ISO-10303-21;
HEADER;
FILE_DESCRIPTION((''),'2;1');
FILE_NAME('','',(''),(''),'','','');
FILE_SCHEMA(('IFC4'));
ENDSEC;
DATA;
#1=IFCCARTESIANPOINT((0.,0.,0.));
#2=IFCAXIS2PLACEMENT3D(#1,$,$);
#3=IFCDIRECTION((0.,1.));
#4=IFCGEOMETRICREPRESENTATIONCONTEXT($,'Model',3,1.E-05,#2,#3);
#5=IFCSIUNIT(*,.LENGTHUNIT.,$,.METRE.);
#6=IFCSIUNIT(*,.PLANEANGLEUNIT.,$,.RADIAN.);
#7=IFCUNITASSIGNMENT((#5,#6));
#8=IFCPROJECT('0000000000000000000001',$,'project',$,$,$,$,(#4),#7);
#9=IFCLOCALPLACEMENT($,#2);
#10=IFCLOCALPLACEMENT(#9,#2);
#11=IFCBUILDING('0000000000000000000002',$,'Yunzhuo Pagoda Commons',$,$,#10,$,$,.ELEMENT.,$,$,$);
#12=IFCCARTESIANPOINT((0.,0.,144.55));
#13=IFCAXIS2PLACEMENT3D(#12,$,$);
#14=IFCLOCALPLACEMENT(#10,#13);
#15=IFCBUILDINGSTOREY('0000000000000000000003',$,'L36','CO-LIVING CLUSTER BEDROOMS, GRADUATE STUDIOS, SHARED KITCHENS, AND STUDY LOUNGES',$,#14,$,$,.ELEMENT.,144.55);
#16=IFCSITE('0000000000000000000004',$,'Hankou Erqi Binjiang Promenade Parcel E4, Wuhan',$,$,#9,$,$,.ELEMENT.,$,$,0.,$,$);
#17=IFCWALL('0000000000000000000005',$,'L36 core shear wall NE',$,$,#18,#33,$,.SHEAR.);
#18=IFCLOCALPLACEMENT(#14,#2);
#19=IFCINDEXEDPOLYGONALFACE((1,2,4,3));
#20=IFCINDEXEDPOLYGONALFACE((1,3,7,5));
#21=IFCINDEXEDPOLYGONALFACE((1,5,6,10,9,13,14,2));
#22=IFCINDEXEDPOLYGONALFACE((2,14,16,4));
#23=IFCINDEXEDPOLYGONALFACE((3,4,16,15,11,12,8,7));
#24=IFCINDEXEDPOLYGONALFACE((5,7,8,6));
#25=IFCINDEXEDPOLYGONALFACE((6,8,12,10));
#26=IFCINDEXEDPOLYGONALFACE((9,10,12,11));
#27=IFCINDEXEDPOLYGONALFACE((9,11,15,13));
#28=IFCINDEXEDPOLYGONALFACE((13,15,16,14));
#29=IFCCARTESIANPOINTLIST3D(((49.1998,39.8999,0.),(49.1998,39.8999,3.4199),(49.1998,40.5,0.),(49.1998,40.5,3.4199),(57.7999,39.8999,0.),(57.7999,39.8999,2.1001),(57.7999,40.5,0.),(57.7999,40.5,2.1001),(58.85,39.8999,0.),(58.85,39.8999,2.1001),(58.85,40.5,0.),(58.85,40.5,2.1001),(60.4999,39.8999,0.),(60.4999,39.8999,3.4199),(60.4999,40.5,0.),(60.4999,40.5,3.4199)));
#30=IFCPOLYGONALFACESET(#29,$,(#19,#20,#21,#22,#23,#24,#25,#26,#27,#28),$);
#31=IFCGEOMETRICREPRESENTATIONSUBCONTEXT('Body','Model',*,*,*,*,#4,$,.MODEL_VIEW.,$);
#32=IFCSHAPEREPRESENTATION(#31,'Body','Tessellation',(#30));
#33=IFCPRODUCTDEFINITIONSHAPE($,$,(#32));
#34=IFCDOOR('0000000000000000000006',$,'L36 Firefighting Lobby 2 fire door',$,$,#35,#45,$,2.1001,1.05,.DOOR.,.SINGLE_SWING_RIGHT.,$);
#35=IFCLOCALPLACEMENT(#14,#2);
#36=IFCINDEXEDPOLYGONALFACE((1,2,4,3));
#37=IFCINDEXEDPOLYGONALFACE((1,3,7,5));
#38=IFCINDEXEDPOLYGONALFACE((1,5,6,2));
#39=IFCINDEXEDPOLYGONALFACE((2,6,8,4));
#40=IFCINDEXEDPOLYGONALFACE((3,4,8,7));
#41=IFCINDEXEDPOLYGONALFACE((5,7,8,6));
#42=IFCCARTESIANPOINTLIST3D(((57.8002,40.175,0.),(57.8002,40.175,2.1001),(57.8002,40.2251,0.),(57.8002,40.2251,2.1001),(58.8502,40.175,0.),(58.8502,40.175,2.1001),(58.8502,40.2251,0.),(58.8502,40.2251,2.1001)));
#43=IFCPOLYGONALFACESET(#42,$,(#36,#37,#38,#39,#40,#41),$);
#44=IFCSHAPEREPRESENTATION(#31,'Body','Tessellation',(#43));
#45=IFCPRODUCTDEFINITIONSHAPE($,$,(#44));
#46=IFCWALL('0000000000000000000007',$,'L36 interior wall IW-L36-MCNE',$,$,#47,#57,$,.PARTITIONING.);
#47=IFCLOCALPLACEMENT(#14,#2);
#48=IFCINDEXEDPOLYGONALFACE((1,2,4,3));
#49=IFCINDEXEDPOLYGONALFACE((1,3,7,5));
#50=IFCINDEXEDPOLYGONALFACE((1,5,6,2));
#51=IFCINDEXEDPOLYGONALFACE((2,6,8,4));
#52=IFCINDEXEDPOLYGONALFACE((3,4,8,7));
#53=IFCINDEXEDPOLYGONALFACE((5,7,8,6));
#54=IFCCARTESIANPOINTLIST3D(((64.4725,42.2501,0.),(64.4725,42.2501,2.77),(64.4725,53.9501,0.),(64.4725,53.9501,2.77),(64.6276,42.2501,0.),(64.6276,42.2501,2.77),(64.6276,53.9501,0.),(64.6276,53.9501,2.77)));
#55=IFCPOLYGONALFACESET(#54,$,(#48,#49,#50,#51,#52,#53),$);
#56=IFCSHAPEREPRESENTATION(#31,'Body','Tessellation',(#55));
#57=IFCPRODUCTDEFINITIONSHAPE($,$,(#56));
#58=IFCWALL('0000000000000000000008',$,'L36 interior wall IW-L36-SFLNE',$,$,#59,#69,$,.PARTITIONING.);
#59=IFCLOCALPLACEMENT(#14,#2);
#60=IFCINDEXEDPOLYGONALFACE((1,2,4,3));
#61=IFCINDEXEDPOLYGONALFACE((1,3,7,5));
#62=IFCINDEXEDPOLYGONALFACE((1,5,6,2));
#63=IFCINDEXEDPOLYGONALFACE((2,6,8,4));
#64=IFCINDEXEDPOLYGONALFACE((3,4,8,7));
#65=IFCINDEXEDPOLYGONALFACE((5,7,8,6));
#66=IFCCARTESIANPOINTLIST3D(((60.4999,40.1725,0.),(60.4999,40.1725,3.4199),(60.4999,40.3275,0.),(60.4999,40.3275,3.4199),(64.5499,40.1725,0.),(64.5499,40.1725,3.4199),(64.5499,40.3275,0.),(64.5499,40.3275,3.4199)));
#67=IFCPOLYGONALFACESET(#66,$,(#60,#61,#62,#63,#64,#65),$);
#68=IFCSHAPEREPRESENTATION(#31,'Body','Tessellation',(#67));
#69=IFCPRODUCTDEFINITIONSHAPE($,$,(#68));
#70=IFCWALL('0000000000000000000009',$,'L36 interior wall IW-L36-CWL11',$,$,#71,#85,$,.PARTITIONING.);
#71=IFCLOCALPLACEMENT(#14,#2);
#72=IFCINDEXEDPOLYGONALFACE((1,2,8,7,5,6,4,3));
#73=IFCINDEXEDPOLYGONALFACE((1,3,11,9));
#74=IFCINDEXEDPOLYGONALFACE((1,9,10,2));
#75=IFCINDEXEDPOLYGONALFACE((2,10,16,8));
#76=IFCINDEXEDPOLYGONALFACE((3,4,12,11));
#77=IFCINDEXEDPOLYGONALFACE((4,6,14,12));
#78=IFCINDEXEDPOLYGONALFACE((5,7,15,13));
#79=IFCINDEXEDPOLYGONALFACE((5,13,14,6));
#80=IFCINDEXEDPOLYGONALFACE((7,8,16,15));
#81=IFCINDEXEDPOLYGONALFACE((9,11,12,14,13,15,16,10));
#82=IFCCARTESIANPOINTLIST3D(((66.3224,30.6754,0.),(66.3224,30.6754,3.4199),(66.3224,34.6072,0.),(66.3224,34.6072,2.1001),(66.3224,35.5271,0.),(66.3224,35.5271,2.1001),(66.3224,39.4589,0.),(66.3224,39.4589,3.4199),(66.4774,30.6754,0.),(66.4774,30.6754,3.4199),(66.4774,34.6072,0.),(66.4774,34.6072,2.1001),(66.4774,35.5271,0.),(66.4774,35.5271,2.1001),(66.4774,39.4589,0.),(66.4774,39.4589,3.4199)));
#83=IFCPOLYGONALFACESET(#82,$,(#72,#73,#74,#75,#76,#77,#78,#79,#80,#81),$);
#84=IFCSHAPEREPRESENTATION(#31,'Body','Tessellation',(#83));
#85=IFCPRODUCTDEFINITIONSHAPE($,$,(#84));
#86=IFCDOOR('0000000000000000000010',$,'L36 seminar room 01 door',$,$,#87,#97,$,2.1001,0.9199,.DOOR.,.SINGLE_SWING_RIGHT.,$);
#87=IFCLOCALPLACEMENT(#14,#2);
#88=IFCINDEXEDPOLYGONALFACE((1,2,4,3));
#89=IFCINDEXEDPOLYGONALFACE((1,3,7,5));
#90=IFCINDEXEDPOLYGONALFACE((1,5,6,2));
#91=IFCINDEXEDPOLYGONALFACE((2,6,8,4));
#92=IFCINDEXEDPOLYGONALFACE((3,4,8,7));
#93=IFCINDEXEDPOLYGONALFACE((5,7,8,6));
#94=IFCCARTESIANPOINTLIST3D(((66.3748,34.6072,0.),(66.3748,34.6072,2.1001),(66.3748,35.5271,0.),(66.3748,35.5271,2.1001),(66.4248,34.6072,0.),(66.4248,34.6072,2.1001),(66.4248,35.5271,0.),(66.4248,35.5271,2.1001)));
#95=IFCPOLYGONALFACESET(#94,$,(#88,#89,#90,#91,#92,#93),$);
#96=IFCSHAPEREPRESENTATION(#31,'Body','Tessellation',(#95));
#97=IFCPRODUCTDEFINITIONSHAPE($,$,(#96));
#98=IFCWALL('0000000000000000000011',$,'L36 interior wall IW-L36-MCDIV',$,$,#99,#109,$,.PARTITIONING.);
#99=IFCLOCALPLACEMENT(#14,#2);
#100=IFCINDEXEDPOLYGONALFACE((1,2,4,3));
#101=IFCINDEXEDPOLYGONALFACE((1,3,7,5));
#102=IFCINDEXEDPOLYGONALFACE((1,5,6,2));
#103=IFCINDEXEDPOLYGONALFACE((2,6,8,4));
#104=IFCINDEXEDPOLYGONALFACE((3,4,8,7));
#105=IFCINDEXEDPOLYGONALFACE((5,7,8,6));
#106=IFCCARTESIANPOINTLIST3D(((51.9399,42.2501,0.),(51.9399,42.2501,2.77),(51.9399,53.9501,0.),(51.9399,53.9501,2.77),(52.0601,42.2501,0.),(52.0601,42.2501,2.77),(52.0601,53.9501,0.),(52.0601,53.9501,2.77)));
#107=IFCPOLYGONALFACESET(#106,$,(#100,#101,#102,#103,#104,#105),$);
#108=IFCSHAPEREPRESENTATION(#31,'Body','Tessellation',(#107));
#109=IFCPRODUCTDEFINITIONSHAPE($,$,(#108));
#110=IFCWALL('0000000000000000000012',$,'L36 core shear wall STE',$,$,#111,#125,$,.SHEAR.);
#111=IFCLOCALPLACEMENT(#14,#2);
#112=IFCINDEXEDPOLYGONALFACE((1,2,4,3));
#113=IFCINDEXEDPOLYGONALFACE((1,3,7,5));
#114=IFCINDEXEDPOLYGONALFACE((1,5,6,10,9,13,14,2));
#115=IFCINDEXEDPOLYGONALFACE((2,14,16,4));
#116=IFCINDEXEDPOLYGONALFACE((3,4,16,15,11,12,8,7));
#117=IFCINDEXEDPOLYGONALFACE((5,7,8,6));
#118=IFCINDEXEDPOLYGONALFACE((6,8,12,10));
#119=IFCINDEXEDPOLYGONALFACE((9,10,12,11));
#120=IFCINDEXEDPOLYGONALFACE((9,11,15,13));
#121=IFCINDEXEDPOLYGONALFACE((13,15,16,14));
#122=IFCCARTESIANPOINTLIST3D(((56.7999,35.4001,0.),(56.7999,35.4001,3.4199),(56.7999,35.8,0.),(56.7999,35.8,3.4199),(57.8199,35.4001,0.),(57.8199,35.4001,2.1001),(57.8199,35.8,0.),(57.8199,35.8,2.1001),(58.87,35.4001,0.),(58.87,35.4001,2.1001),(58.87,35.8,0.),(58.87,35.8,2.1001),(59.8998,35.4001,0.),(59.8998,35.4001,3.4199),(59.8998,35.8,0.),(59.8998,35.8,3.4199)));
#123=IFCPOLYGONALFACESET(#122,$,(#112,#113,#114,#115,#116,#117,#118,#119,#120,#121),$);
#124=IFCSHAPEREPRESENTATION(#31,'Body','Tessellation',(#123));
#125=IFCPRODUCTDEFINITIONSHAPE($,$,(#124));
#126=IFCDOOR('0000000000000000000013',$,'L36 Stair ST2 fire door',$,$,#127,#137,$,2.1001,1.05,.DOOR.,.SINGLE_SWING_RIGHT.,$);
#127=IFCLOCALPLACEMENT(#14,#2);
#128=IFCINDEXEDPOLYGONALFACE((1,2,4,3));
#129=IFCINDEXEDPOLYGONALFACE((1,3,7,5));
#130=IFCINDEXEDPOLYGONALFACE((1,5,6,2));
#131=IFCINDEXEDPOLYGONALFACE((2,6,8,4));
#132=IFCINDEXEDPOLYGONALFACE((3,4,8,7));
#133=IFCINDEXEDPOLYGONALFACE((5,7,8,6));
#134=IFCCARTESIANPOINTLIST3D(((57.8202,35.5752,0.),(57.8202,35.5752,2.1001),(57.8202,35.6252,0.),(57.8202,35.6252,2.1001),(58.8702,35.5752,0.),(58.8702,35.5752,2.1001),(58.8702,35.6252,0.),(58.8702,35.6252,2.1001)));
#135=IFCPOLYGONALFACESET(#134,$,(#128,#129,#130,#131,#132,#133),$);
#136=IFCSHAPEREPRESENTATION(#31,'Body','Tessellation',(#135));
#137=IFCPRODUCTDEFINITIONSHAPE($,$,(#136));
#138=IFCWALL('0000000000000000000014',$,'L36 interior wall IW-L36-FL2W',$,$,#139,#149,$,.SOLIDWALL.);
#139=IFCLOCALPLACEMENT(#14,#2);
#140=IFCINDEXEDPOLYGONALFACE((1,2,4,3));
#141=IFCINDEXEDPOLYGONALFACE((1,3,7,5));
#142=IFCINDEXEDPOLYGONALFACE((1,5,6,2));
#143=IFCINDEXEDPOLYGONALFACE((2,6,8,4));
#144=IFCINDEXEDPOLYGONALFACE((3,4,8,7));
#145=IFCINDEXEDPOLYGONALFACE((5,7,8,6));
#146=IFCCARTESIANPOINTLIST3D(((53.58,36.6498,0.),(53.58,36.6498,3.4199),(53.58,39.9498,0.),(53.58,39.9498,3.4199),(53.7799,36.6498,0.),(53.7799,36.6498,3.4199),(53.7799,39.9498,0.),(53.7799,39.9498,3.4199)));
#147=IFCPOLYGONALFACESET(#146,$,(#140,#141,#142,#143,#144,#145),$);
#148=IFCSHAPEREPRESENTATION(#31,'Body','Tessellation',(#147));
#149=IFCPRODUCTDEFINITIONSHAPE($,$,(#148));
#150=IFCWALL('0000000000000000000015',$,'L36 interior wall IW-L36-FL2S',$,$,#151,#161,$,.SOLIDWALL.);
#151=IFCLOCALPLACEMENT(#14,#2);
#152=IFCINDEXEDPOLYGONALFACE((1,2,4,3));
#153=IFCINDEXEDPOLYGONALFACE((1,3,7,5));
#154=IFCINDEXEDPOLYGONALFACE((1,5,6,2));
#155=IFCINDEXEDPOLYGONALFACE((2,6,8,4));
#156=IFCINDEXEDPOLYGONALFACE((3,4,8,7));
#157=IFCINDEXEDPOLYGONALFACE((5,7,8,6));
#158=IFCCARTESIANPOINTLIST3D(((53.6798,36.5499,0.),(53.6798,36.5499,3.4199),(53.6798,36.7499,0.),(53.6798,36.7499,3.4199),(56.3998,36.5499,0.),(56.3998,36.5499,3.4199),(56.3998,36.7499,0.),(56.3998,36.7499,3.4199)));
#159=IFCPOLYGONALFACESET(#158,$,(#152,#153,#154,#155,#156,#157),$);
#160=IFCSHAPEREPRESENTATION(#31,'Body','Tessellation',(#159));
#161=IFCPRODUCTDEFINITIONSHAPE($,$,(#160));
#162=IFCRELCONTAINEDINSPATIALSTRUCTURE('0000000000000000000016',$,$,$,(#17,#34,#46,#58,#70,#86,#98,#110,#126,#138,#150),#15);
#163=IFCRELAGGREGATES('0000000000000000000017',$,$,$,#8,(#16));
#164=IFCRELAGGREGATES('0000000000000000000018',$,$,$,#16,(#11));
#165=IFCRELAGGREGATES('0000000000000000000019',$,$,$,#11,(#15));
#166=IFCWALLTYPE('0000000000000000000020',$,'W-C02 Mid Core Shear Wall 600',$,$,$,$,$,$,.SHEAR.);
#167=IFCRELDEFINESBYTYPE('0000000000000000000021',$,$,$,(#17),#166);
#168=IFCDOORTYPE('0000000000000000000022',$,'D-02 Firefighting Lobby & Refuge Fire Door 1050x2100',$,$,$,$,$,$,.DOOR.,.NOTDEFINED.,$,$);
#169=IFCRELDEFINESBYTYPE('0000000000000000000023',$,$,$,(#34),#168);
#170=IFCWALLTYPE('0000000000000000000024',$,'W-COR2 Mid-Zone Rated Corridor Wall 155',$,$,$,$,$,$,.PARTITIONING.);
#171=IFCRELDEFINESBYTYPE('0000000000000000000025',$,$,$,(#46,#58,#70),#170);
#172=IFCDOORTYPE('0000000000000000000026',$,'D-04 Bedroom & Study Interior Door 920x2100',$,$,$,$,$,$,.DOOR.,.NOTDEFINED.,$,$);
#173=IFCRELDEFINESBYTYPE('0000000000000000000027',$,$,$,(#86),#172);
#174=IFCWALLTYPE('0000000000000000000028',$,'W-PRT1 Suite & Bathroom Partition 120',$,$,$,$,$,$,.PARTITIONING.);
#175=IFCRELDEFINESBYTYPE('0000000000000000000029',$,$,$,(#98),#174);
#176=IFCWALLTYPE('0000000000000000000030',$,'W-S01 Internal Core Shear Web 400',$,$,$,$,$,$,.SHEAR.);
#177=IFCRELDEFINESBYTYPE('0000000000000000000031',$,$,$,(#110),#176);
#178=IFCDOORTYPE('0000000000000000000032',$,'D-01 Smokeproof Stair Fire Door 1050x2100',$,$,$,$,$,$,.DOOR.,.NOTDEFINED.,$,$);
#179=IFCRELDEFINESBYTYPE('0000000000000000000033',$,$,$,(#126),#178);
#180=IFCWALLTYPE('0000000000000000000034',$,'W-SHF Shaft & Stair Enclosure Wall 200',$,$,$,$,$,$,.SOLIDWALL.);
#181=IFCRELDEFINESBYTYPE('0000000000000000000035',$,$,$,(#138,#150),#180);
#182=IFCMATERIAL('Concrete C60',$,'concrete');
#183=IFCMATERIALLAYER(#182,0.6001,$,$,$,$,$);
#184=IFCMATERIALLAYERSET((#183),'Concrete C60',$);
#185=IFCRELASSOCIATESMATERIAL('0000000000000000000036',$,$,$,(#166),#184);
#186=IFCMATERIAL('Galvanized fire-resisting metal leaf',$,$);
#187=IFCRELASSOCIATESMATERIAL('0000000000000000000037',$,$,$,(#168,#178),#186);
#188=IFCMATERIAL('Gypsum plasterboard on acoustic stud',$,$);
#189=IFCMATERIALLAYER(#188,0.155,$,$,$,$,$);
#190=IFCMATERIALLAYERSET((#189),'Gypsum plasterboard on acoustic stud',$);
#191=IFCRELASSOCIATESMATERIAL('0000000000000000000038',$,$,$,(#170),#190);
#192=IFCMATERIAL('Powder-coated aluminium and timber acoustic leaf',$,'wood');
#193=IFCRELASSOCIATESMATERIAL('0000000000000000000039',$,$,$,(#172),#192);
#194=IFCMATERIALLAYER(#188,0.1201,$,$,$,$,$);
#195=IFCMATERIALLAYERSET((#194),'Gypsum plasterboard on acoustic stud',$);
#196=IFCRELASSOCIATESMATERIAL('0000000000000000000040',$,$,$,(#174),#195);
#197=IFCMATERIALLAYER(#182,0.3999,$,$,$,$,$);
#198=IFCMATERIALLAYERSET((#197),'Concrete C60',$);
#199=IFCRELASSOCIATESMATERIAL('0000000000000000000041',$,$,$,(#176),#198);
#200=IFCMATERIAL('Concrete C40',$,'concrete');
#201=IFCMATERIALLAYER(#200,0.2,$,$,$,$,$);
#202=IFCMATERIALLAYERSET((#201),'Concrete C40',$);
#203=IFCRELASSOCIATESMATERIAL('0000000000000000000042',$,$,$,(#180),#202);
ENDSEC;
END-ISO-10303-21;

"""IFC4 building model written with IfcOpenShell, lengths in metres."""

from ifc_helpers import new_model, si_unit, direction, frame, frame_2d, origin, origin_with_axes, place, context, subcontext, project, spatial, rectangle, extrude, source, transform, mapped, material, layer, layer_set, type_object, element, fill, save


model = new_model("IFC4")

# Units and contexts
model_context = context("Model", 3, precision=1e-05, world=origin(), true_north=direction((0.0, 1.0)))
body_context = subcontext(model_context, "Body", "Model", "MODEL_VIEW")
ifc_project = project(units=[si_unit("LENGTHUNIT", "METRE"), si_unit("PLANEANGLEUNIT", "RADIAN")], contexts=[model_context])

# Site, building, storey
site_placement = place(None, origin())
site = spatial("IfcSite", under=ifc_project, at=site_placement, Name="Hankou Erqi Binjiang Promenade Parcel E4, Wuhan", CompositionType="ELEMENT", RefElevation=0.0)
building_placement = place(site_placement, origin())
building = spatial("IfcBuilding", under=site, at=building_placement, Name="Yunzhuo Pagoda Commons", CompositionType="ELEMENT")
storey_placement = place(building_placement, frame((0.0, 0.0, 144.55)))
storey = spatial("IfcBuildingStorey", under=building, at=storey_placement, Name="L36", Description="CO-LIVING CLUSTER BEDROOMS, GRADUATE STUDIOS, SHARED KITCHENS, AND STUDY LOUNGES", CompositionType="ELEMENT", Elevation=144.55)

# Wall, opening, door
ifc_material_1 = material(Name="Concrete C60", Category="concrete")
ifc_layer_1 = layer(ifc_material_1, 0.6001)
ifc_layer_set_1 = layer_set([ifc_layer_1], Name="Concrete C60")
wall_type_1 = type_object("IfcWallType", Name="W-C02 Mid Core Shear Wall 600", PredefinedType="SHEAR", material=ifc_layer_set_1)
wall_1_placement = place(storey_placement, frame((49.2, 40.2, 0.0), z_axis=(0.0, 0.0, 1.0), x_axis=(1.0, 0.0, 0.0)))
wall_1 = element("IfcWall", 1, at=wall_1_placement, inside=storey, type_object=wall_type_1, Name="L36 core shear wall NE", PredefinedType="SHEAR", context=body_context, shape_type="SweptSolid", body=[
    extrude(rectangle(XDim=11.3, YDim=0.6001, at=frame_2d((5.6499, 0.0))), origin(), (0.0, 0.0, 1.0), 3.4199),
])
opening_1_placement = place(wall_1_placement, frame((8.6001, 0.0, 0.0)))
opening_1 = element("IfcOpeningElement", 2, at=opening_1_placement, cuts=wall_1, PredefinedType="OPENING", context=body_context, shape_type="SweptSolid", body=[
    extrude(rectangle(XDim=1.05, YDim=2.1001, at=frame_2d((0.5249, 1.05))), frame((0.0, 0.3101, 0.0), z_axis=(0.0, -1.0, 0.0), x_axis=(1.0, 0.0, 0.0)), (0.0, 0.0, 1.0), 0.6201),
])
ifc_material_2 = material(Name="Galvanized fire-resisting metal leaf")
door_type_1 = type_object("IfcDoorType", Name="D-02 Firefighting Lobby & Refuge Fire Door 1050x2100", OperationType="NOTDEFINED", PredefinedType="DOOR", material=ifc_material_2)
shared_shape_1 = source(origin(), body_context, "Body", "SweptSolid", [
    extrude(rectangle(XDim=1.05, YDim=2.1001, at=frame_2d((0.5249, 1.05))), frame((0.0, 0.0249, 0.0), z_axis=(0.0, -1.0, 0.0), x_axis=(1.0, 0.0, 0.0)), (0.0, 0.0, 1.0), 0.05),
])
door_1_placement = place(opening_1_placement, frame((1.05, 0.0, 0.0), z_axis=(0.0, 0.0, 1.0), x_axis=(-1.0, 0.0, 0.0)))
door_1 = element("IfcDoor", 3, at=door_1_placement, inside=storey, type_object=door_type_1, Name="L36 Firefighting Lobby 2 fire door", OperationType="SINGLE_SWING_RIGHT", OverallHeight=2.1001, OverallWidth=1.05, PredefinedType="DOOR", context=body_context, shape_type="MappedRepresentation", body=[
    mapped(shared_shape_1, transform((0.0, 0.0, 0.0), scale=1.0)),
])
fill(opening_1, door_1)

# Walls
ifc_material_3 = material(Name="Gypsum plasterboard on acoustic stud")
ifc_layer_2 = layer(ifc_material_3, 0.155)
ifc_layer_set_2 = layer_set([ifc_layer_2], Name="Gypsum plasterboard on acoustic stud")
wall_type_2 = type_object("IfcWallType", Name="W-COR2 Mid-Zone Rated Corridor Wall 155", PredefinedType="PARTITIONING", material=ifc_layer_set_2)
wall_2_placement = place(storey_placement, frame((64.55, 42.25, 0.0), z_axis=(0.0, 0.0, 1.0), x_axis=(0.0, 1.0, 0.0)))
element("IfcWall", 4, at=wall_2_placement, inside=storey, type_object=wall_type_2, Name="L36 interior wall IW-L36-MCNE", PredefinedType="PARTITIONING", context=body_context, shape_type="SweptSolid", body=[
    extrude(rectangle(XDim=11.7, YDim=0.155, at=frame_2d((5.8501, 0.0))), origin(), (0.0, 0.0, 1.0), 2.77),
])
wall_3_placement = place(storey_placement, frame((60.5, 40.25, 0.0), z_axis=(0.0, 0.0, 1.0), x_axis=(1.0, 0.0, 0.0)))
element("IfcWall", 5, at=wall_3_placement, inside=storey, type_object=wall_type_2, Name="L36 interior wall IW-L36-SFLNE", PredefinedType="PARTITIONING", context=body_context, shape_type="SweptSolid", body=[
    extrude(rectangle(XDim=4.05, YDim=0.155, at=frame_2d((2.0249, 0.0))), origin(), (0.0, 0.0, 1.0), 3.4199),
])

# Wall, opening, door
wall_4_placement = place(storey_placement, frame((66.3999, 39.4587, 0.0), z_axis=(0.0, 0.0, 1.0), x_axis=(0.0, -1.0, 0.0)))
wall_4 = element("IfcWall", 6, at=wall_4_placement, inside=storey, type_object=wall_type_2, Name="L36 interior wall IW-L36-CWL11", PredefinedType="PARTITIONING", context=body_context, shape_type="SweptSolid", body=[
    extrude(rectangle(XDim=8.7834, YDim=0.155, at=frame_2d((4.3916, 0.0))), origin(), (0.0, 0.0, 1.0), 3.4199),
])
opening_2_placement = place(wall_4_placement, frame((3.9316, 0.0, 0.0)))
opening_2 = element("IfcOpeningElement", 7, at=opening_2_placement, cuts=wall_4, PredefinedType="OPENING", context=body_context, shape_type="SweptSolid", body=[
    extrude(rectangle(XDim=0.9199, YDim=2.1001, at=frame_2d((0.46, 1.05))), frame((0.0, 0.0874, 0.0), z_axis=(0.0, -1.0, 0.0), x_axis=(1.0, 0.0, 0.0)), (0.0, 0.0, 1.0), 0.175),
])
ifc_material_4 = material(Name="Powder-coated aluminium and timber acoustic leaf", Category="wood")
door_type_2 = type_object("IfcDoorType", Name="D-04 Bedroom & Study Interior Door 920x2100", OperationType="NOTDEFINED", PredefinedType="DOOR", material=ifc_material_4)
shared_shape_2 = source(origin(), body_context, "Body", "SweptSolid", [
    extrude(rectangle(XDim=0.9199, YDim=2.1001, at=frame_2d((0.46, 1.05))), frame((0.0, 0.0249, 0.0), z_axis=(0.0, -1.0, 0.0), x_axis=(1.0, 0.0, 0.0)), (0.0, 0.0, 1.0), 0.05),
])
door_2_placement = place(opening_2_placement, origin_with_axes())
door_2 = element("IfcDoor", 8, at=door_2_placement, inside=storey, type_object=door_type_2, Name="L36 seminar room 01 door", OperationType="SINGLE_SWING_RIGHT", OverallHeight=2.1001, OverallWidth=0.9199, PredefinedType="DOOR", context=body_context, shape_type="MappedRepresentation", body=[
    mapped(shared_shape_2, transform((0.0, 0.0, 0.0), scale=1.0)),
])
fill(opening_2, door_2)

# Wall
ifc_layer_3 = layer(ifc_material_3, 0.1201)
ifc_layer_set_3 = layer_set([ifc_layer_3], Name="Gypsum plasterboard on acoustic stud")
wall_type_3 = type_object("IfcWallType", Name="W-PRT1 Suite & Bathroom Partition 120", PredefinedType="PARTITIONING", material=ifc_layer_set_3)
wall_5_placement = place(storey_placement, frame((52.0, 42.25, 0.0), z_axis=(0.0, 0.0, 1.0), x_axis=(0.0, 1.0, 0.0)))
element("IfcWall", 9, at=wall_5_placement, inside=storey, type_object=wall_type_3, Name="L36 interior wall IW-L36-MCDIV", PredefinedType="PARTITIONING", context=body_context, shape_type="SweptSolid", body=[
    extrude(rectangle(XDim=11.7, YDim=0.1201, at=frame_2d((5.8501, 0.0))), origin(), (0.0, 0.0, 1.0), 2.77),
])

# Wall, opening, door
ifc_layer_4 = layer(ifc_material_1, 0.3999)
ifc_layer_set_4 = layer_set([ifc_layer_4], Name="Concrete C60")
wall_type_4 = type_object("IfcWallType", Name="W-S01 Internal Core Shear Web 400", PredefinedType="SHEAR", material=ifc_layer_set_4)
wall_6_placement = place(storey_placement, frame((56.8, 35.6001, 0.0), z_axis=(0.0, 0.0, 1.0), x_axis=(1.0, 0.0, 0.0)))
wall_6 = element("IfcWall", 10, at=wall_6_placement, inside=storey, type_object=wall_type_4, Name="L36 core shear wall STE", PredefinedType="SHEAR", context=body_context, shape_type="SweptSolid", body=[
    extrude(rectangle(XDim=3.0999, YDim=0.3999, at=frame_2d((1.5498, 0.0))), origin(), (0.0, 0.0, 1.0), 3.4199),
])
opening_3_placement = place(wall_6_placement, frame((1.02, 0.0, 0.0)))
opening_3 = element("IfcOpeningElement", 11, at=opening_3_placement, cuts=wall_6, PredefinedType="OPENING", context=body_context, shape_type="SweptSolid", body=[
    extrude(rectangle(XDim=1.05, YDim=2.1001, at=frame_2d((0.5249, 1.05))), frame((0.0, 0.21, 0.0), z_axis=(0.0, -1.0, 0.0), x_axis=(1.0, 0.0, 0.0)), (0.0, 0.0, 1.0), 0.4199),
])
door_type_3 = type_object("IfcDoorType", Name="D-01 Smokeproof Stair Fire Door 1050x2100", OperationType="NOTDEFINED", PredefinedType="DOOR", material=ifc_material_2)
door_3_placement = place(opening_3_placement, frame((1.05, 0.0, 0.0), z_axis=(0.0, 0.0, 1.0), x_axis=(-1.0, 0.0, 0.0)))
door_3 = element("IfcDoor", 12, at=door_3_placement, inside=storey, type_object=door_type_3, Name="L36 Stair ST2 fire door", OperationType="SINGLE_SWING_RIGHT", OverallHeight=2.1001, OverallWidth=1.05, PredefinedType="DOOR", context=body_context, shape_type="MappedRepresentation", body=[
    mapped(shared_shape_1, transform((0.0, 0.0, 0.0), scale=1.0)),
])
fill(opening_3, door_3)

# Walls
ifc_material_5 = material(Name="Concrete C40", Category="concrete")
ifc_layer_5 = layer(ifc_material_5, 0.2)
ifc_layer_set_5 = layer_set([ifc_layer_5], Name="Concrete C40")
wall_type_5 = type_object("IfcWallType", Name="W-SHF Shaft & Stair Enclosure Wall 200", PredefinedType="SOLIDWALL", material=ifc_layer_set_5)
wall_7_placement = place(storey_placement, frame((53.6799, 36.6499, 0.0), z_axis=(0.0, 0.0, 1.0), x_axis=(0.0, 1.0, 0.0)))
element("IfcWall", 13, at=wall_7_placement, inside=storey, type_object=wall_type_5, Name="L36 interior wall IW-L36-FL2W", PredefinedType="SOLIDWALL", context=body_context, shape_type="SweptSolid", body=[
    extrude(rectangle(XDim=3.3, YDim=0.2, at=frame_2d((1.6499, 0.0))), origin(), (0.0, 0.0, 1.0), 3.4199),
])
wall_8_placement = place(storey_placement, frame((53.6799, 36.6499, 0.0), z_axis=(0.0, 0.0, 1.0), x_axis=(1.0, 0.0, 0.0)))
element("IfcWall", 14, at=wall_8_placement, inside=storey, type_object=wall_type_5, Name="L36 interior wall IW-L36-FL2S", PredefinedType="SOLIDWALL", context=body_context, shape_type="SweptSolid", body=[
    extrude(rectangle(XDim=2.72, YDim=0.2, at=frame_2d((1.3599, 0.0))), origin(), (0.0, 0.0, 1.0), 3.4199),
])

save(model, "model.ifc")
